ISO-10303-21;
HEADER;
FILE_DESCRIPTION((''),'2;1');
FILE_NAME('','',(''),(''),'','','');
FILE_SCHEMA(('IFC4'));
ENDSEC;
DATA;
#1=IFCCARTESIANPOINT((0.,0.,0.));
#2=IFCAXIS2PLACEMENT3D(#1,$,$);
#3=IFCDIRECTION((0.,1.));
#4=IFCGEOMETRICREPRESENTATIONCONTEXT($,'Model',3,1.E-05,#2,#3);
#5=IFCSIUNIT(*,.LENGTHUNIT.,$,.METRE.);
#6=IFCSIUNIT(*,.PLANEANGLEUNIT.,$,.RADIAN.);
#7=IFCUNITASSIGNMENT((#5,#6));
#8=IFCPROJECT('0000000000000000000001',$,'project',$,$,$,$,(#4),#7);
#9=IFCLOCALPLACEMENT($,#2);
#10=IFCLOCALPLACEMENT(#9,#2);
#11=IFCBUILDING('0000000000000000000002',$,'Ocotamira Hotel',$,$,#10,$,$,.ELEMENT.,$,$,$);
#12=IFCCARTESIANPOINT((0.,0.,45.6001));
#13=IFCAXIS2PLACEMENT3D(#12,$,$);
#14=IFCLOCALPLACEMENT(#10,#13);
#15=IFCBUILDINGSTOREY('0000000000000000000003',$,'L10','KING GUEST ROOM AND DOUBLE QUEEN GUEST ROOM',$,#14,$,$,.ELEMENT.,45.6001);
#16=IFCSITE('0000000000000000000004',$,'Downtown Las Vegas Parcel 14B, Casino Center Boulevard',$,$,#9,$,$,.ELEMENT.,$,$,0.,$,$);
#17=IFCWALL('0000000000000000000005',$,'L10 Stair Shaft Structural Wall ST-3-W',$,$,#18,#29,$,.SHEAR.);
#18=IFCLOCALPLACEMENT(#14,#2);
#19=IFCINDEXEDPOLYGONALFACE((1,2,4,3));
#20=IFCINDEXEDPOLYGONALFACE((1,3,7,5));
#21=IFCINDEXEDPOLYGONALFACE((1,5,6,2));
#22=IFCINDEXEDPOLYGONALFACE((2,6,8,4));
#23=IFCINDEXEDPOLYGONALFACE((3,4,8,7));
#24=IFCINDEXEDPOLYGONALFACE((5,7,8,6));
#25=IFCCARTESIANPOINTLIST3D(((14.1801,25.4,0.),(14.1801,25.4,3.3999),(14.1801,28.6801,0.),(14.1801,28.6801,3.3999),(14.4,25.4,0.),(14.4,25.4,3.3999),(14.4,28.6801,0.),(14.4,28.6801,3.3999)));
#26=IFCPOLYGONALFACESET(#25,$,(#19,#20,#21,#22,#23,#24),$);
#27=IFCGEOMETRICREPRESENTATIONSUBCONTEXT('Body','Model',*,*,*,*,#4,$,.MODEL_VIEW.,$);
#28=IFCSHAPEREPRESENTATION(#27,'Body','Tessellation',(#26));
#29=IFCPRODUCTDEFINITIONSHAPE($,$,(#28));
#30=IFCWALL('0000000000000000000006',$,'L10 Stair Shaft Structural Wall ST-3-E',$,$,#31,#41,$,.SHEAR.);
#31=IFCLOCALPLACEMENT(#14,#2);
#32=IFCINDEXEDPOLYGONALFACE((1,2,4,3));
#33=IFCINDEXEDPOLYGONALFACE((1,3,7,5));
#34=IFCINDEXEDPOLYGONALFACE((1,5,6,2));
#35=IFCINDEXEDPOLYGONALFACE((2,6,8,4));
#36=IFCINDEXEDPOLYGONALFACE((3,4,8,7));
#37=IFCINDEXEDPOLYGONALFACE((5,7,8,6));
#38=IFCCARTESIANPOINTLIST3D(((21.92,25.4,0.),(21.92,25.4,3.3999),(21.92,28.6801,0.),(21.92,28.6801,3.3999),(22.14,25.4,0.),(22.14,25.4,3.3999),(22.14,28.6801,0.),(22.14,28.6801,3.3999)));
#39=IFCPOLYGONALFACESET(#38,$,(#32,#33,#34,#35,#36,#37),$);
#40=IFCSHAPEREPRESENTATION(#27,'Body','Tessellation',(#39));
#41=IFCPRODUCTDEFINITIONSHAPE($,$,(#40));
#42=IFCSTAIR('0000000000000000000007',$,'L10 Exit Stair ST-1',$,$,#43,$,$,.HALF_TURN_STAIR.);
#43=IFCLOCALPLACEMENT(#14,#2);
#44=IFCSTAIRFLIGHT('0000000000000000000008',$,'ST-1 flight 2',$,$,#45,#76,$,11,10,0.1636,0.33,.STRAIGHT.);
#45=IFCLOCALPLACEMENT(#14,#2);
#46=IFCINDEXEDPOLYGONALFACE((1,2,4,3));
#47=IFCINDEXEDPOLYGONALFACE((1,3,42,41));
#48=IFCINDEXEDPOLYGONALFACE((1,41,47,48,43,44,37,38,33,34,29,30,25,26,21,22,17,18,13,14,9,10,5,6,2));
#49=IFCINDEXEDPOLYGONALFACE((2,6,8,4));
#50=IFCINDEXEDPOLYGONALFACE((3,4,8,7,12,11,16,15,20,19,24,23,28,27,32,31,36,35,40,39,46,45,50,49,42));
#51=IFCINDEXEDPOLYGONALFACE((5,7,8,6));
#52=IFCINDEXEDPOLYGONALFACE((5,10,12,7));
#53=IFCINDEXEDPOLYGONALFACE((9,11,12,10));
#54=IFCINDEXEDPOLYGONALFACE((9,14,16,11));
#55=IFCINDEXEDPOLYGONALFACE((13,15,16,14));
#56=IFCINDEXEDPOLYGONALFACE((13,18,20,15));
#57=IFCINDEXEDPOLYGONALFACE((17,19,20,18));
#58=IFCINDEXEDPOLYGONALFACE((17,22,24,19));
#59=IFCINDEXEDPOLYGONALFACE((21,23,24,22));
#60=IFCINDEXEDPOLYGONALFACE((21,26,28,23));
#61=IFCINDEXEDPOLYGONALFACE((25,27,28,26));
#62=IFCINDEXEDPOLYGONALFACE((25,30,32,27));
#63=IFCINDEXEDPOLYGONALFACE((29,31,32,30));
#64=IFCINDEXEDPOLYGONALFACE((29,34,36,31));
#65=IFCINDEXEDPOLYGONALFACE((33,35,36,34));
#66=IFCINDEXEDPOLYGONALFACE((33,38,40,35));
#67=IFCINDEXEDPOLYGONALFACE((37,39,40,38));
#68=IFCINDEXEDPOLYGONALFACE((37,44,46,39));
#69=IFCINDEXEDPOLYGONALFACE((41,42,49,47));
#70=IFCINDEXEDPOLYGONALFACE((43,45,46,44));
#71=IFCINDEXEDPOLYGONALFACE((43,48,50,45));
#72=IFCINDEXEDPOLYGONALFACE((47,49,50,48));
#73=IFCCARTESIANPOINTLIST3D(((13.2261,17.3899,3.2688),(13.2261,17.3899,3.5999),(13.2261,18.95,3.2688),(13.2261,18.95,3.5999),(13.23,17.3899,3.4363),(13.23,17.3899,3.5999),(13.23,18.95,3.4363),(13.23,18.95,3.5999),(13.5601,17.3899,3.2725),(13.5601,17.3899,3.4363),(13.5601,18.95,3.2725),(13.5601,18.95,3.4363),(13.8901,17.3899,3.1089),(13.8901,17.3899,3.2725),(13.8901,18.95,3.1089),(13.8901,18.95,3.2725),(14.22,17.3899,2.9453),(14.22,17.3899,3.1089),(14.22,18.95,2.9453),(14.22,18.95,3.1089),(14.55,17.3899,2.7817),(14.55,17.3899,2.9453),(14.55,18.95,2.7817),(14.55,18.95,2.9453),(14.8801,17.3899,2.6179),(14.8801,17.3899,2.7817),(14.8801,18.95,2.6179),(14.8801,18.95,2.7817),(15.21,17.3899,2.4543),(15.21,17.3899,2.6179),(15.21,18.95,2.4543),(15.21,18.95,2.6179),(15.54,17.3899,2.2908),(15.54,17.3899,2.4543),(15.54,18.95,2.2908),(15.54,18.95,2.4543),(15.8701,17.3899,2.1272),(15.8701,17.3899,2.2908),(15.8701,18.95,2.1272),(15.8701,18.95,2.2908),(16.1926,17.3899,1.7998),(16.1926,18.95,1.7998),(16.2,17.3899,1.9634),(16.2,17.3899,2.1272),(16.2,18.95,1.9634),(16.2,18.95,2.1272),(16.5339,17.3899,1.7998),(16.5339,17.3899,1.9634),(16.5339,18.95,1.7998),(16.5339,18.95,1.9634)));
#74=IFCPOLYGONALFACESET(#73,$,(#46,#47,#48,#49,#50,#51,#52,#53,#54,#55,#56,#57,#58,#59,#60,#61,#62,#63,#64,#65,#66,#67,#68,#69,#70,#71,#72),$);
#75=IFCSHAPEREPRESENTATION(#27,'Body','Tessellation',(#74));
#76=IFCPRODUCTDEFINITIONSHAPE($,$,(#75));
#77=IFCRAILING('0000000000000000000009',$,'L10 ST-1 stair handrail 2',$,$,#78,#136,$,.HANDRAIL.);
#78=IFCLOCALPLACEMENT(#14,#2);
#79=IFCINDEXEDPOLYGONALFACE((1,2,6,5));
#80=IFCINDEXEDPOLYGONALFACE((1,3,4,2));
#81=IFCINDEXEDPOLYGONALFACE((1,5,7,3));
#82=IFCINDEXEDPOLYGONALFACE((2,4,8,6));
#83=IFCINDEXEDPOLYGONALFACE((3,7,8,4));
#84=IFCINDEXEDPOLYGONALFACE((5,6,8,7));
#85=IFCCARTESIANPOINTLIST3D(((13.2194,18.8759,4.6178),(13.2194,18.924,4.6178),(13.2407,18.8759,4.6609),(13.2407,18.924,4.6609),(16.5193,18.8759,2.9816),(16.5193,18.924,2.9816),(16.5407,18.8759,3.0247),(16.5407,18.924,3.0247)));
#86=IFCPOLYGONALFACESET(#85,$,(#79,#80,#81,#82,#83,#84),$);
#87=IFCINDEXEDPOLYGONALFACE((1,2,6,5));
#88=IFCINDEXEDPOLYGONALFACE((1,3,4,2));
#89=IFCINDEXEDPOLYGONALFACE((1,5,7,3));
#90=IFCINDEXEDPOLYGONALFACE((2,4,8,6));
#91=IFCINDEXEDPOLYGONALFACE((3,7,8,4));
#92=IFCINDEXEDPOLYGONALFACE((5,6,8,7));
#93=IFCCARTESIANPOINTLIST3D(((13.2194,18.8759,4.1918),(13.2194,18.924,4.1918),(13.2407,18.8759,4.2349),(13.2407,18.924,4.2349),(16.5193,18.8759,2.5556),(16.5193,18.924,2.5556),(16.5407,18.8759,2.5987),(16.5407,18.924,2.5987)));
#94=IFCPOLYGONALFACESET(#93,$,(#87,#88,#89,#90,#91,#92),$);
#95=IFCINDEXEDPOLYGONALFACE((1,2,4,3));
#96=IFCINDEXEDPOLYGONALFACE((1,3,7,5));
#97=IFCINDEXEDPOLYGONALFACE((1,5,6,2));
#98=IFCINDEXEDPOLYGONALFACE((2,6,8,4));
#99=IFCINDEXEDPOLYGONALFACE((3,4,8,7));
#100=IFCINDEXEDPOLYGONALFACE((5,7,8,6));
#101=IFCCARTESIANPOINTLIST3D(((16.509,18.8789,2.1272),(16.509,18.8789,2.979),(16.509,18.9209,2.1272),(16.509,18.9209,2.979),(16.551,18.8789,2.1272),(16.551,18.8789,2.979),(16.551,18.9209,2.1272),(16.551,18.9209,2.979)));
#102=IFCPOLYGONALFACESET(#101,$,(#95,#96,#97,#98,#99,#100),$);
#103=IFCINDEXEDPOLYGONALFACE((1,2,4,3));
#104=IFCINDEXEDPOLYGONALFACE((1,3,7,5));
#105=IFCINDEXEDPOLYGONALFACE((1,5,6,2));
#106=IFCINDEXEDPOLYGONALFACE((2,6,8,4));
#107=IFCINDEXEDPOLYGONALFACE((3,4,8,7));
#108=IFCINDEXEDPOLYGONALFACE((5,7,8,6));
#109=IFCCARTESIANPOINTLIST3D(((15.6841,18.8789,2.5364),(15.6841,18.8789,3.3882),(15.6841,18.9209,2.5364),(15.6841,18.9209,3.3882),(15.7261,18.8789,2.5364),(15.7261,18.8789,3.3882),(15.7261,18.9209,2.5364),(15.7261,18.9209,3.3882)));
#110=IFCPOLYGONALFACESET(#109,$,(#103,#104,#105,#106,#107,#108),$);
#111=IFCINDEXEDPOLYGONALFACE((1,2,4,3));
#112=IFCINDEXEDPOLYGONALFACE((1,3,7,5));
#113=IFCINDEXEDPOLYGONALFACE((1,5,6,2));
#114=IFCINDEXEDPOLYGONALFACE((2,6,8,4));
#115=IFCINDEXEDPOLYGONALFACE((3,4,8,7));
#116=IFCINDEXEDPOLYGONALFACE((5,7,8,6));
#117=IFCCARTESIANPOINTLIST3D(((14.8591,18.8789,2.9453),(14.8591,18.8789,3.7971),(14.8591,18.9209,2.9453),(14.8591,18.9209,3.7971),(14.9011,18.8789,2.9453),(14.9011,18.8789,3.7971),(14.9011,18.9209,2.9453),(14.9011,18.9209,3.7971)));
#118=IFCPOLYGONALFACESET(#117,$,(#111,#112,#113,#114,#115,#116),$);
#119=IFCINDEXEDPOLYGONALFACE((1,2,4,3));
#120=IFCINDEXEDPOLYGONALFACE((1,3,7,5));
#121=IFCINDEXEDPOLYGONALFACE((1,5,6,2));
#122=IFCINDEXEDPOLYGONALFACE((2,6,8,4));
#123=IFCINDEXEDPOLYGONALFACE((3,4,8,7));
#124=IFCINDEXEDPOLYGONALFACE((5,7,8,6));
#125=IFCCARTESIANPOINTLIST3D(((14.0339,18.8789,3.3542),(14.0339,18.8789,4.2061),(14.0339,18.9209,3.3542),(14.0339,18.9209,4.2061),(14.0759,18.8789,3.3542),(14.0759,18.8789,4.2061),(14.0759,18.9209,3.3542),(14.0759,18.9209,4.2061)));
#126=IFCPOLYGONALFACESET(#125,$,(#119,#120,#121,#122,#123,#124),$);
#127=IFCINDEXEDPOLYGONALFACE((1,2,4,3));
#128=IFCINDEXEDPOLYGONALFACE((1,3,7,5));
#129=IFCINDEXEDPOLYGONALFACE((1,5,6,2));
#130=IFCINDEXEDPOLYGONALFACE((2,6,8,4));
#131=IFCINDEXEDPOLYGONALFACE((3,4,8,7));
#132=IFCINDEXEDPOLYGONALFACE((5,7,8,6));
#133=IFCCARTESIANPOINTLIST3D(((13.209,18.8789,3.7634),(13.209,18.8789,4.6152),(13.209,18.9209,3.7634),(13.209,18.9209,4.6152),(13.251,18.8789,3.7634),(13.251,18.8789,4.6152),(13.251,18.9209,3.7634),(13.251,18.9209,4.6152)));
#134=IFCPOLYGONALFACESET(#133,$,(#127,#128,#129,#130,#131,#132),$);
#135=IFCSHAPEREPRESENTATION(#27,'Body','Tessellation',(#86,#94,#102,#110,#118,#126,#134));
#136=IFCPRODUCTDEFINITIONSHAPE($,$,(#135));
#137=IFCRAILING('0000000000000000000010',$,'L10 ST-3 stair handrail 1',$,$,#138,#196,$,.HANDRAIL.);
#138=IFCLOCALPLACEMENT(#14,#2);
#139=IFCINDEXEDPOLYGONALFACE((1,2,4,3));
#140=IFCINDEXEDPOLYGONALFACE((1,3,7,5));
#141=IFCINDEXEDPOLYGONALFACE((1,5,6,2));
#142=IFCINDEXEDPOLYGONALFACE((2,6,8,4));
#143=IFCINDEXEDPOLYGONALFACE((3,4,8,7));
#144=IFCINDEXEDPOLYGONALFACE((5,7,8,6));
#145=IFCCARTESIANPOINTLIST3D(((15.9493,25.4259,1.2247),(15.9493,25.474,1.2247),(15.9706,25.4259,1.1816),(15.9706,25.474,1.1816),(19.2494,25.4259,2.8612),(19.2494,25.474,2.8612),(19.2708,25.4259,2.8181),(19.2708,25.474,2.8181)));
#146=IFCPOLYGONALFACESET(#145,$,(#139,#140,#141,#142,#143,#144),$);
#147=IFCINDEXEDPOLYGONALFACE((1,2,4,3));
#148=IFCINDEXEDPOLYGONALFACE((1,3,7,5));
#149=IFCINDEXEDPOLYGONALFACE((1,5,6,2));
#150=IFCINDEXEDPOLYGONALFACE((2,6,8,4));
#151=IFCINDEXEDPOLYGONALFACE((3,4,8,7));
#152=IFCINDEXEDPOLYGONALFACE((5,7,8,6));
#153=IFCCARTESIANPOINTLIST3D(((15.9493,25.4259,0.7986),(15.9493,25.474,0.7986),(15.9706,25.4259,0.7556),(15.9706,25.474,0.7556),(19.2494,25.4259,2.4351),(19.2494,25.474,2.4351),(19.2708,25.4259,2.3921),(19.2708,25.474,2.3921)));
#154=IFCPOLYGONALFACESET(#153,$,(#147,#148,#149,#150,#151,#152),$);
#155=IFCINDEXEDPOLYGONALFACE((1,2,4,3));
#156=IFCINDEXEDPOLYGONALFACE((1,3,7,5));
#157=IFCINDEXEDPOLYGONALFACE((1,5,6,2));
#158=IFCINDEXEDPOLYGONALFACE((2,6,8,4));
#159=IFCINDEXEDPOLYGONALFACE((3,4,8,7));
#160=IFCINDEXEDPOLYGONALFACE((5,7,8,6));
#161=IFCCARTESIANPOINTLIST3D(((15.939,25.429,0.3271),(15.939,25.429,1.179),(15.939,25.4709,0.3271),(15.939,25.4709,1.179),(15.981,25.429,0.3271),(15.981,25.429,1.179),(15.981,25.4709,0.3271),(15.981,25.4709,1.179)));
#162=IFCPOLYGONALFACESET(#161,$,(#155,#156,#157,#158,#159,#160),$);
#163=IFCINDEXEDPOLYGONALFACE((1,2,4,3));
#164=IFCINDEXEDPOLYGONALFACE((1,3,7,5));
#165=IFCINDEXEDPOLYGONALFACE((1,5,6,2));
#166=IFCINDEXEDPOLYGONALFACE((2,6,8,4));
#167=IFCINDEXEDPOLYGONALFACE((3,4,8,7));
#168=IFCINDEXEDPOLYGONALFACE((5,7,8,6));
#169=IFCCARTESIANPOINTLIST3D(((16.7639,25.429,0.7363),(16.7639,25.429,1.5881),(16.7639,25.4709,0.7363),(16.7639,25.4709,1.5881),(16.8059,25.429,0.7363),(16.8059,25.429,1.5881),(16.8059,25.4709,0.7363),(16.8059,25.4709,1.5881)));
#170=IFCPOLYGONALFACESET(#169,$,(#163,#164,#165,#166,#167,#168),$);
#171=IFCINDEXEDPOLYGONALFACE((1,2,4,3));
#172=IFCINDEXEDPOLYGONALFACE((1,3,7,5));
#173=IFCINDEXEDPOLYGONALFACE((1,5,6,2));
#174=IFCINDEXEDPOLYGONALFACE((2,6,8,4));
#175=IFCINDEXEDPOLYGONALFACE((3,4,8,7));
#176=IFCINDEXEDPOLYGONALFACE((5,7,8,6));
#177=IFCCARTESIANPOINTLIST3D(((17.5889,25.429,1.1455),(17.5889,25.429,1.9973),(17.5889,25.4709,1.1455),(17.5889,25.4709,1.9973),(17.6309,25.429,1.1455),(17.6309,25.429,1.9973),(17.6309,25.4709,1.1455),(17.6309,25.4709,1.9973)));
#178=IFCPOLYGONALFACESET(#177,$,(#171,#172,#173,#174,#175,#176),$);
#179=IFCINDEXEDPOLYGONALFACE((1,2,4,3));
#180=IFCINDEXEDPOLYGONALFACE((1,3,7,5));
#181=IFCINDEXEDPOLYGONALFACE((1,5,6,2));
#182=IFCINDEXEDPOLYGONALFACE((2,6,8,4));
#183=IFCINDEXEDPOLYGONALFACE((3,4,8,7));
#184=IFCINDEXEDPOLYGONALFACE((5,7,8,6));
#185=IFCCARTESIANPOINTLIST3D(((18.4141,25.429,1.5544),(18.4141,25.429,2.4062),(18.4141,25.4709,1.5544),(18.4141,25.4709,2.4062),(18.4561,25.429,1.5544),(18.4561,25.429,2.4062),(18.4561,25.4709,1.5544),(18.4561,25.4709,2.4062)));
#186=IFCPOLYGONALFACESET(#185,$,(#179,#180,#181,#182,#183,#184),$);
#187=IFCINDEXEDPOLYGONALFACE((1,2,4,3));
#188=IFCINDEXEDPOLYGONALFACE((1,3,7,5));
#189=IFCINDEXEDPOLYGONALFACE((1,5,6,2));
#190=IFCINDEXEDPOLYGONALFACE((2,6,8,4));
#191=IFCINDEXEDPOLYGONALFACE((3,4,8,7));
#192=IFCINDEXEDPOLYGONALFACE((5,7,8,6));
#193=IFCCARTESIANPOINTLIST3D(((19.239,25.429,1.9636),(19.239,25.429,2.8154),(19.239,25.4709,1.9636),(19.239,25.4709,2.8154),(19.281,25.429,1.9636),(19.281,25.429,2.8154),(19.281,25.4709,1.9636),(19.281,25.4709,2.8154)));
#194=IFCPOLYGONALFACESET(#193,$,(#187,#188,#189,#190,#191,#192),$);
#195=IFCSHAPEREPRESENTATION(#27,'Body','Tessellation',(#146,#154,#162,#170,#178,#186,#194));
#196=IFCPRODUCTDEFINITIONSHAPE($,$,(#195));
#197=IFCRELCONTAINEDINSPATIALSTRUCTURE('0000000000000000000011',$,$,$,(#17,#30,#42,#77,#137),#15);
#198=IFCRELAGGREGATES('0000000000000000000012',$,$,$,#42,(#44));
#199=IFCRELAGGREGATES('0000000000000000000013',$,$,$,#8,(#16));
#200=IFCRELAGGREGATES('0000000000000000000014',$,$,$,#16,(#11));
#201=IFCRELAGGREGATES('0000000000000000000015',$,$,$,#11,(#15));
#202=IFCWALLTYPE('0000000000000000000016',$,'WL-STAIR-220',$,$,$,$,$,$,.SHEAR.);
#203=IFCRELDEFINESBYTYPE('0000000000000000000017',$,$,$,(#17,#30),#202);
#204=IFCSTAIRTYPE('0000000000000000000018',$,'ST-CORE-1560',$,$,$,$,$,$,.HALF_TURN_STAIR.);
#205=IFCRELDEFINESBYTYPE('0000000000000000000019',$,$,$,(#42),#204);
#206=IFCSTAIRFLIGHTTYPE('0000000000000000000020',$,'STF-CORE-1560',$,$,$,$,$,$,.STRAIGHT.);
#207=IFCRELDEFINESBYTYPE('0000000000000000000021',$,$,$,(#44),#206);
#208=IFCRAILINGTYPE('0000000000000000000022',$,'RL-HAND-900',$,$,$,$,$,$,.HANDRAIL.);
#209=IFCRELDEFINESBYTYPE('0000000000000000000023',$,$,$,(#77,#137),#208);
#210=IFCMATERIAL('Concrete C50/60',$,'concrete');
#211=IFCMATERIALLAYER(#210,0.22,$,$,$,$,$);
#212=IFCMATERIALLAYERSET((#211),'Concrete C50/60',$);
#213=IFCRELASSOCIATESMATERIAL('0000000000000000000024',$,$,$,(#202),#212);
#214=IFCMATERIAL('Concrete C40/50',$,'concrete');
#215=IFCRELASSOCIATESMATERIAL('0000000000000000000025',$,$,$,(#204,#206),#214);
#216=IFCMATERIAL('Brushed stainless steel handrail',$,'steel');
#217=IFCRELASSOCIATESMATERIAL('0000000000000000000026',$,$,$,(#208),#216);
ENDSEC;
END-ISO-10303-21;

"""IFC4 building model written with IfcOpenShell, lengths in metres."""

from ifc_helpers import new_model, si_unit, direction, frame, frame_2d, origin, origin_2d, place, context, subcontext, project, spatial, polyline, rectangle, outline, extrude, source, transform, mapped, material, layer, layer_set, type_object, element, aggregate, save


model = new_model("IFC4")

# Units and contexts
model_context = context("Model", 3, precision=1e-05, world=origin(), true_north=direction((0.0, 1.0)))
body_context = subcontext(model_context, "Body", "Model", "MODEL_VIEW")
ifc_project = project(units=[si_unit("LENGTHUNIT", "METRE"), si_unit("PLANEANGLEUNIT", "RADIAN")], contexts=[model_context])

# Site, building, storey
site_placement = place(None, origin())
site = spatial("IfcSite", under=ifc_project, at=site_placement, Name="Downtown Las Vegas Parcel 14B, Casino Center Boulevard", CompositionType="ELEMENT", RefElevation=0.0)
building_placement = place(site_placement, origin())
building = spatial("IfcBuilding", under=site, at=building_placement, Name="Ocotamira Hotel", CompositionType="ELEMENT")
storey_placement = place(building_placement, frame((0.0, 0.0, 45.6001)))
storey = spatial("IfcBuildingStorey", under=building, at=storey_placement, Name="L10", Description="KING GUEST ROOM AND DOUBLE QUEEN GUEST ROOM", CompositionType="ELEMENT", Elevation=45.6001)

# Shared definitions
ifc_material_1 = material(Name="Concrete C50/60", Category="concrete")
ifc_layer_1 = layer(ifc_material_1, 0.22)
ifc_layer_set_1 = layer_set([ifc_layer_1], Name="Concrete C50/60")
wall_type_1 = type_object("IfcWallType", Name="WL-STAIR-220", PredefinedType="SHEAR", material=ifc_layer_set_1)

# Walls
for number, where, z_axis, x_axis, name in (
    (1, (14.29, 25.3999, 0.0), (0.0, 0.0, 1.0), (0.0, 1.0, 0.0), "L10 Stair Shaft Structural Wall ST-3-W"),
    (2, (22.03, 25.3999, 0.0), (0.0, 0.0, 1.0), (0.0, 1.0, 0.0), "L10 Stair Shaft Structural Wall ST-3-E"),
):
    element("IfcWall", number, at=place(storey_placement, frame(where, z_axis=z_axis, x_axis=x_axis)), inside=storey, type_object=wall_type_1, Name=name, PredefinedType="SHEAR", context=body_context, shape_type="SweptSolid", body=[
        extrude(rectangle(XDim=3.28, YDim=0.22, at=frame_2d((1.6401, 0.0))), origin(), (0.0, 0.0, 1.0), 3.3999),
    ])

# Stair, stair flight
ifc_material_2 = material(Name="Concrete C40/50", Category="concrete")
stair_type = type_object("IfcStairType", Name="ST-CORE-1560", PredefinedType="HALF_TURN_STAIR", material=ifc_material_2)
stair_placement = place(storey_placement, origin())
stair = element("IfcStair", 3, at=stair_placement, inside=storey, type_object=stair_type, Name="L10 Exit Stair ST-1", PredefinedType="HALF_TURN_STAIR")
stair_flight_type = type_object("IfcStairFlightType", Name="STF-CORE-1560", PredefinedType="STRAIGHT", material=ifc_material_2)
shared_shape_1 = source(origin(), body_context, "Body", "SweptSolid", [
    extrude(outline(polyline([(-0.0039, 0.0), (-0.0039, 0.1636), (0.3301, 0.1636), (0.3301, 0.3274), (0.6599, 0.3274), (0.6599, 0.491), (0.99, 0.491), (0.99, 0.6545), (1.3201, 0.6545), (1.3201, 0.8181), (1.6499, 0.8181), (1.6499, 0.9819), (1.98, 0.9819), (1.98, 1.1455), (2.3101, 1.1455), (2.3101, 1.3091), (2.6399, 1.3091), (2.6399, 1.4727), (2.97, 1.4727), (2.97, 1.6365), (3.3, 1.6365), (3.3, 1.8), (3.304, 1.8), (3.304, 1.469), (0.3374, 0.0), (-0.0039, 0.0)])), frame((0.0, 0.78, 0.0), z_axis=(0.0, -1.0, 0.0), x_axis=(1.0, 0.0, 0.0)), (0.0, 0.0, 1.0), 1.5601),
])
stair_flight_placement = place(storey_placement, frame((16.53, 18.1699, 1.7998), z_axis=(0.0, 0.0, 1.0), x_axis=(-1.0, 0.0, 0.0)))
stair_flight = element("IfcStairFlight", 4, at=stair_flight_placement, type_object=stair_flight_type, Name="ST-1 flight 2", NumberOfRisers=11, NumberOfTreads=10, PredefinedType="STRAIGHT", RiserHeight=0.1636, TreadLength=0.33, context=body_context, shape_type="MappedRepresentation", body=[
    mapped(shared_shape_1, transform((0.0, 0.0, 0.0), scale=1.0)),
])
aggregate(stair, [stair_flight])

# Railings
ifc_material_3 = material(Name="Brushed stainless steel handrail", Category="steel")
railing_type_1 = type_object("IfcRailingType", Name="RL-HAND-900", PredefinedType="HANDRAIL", material=ifc_material_3)
railing_1_placement = place(storey_placement, frame((16.53, 18.8999, 2.1272)))
element("IfcRailing", 5, at=railing_1_placement, inside=storey, type_object=railing_type_1, Name="L10 ST-1 stair handrail 2", PredefinedType="HANDRAIL", context=body_context, shape_type="SweptSolid", body=[
    extrude(rectangle(XDim=0.0481, YDim=0.0481, at=origin_2d()), frame((0.0, 0.0, 0.876), z_axis=(-0.89592, 0.0, 0.444215), x_axis=(0.0, -1.0, 0.0)), (0.0, 0.0, 1.0), 3.6833),
    extrude(rectangle(XDim=0.0481, YDim=0.0481, at=origin_2d()), frame((0.0, 0.0, 0.45), z_axis=(-0.89592, 0.0, 0.444215), x_axis=(0.0, -1.0, 0.0)), (0.0, 0.0, 1.0), 3.6833),
    extrude(rectangle(XDim=0.042, YDim=0.042, at=origin_2d()), origin(), (0.0, 0.0, 1.0), 0.8518),
    extrude(rectangle(XDim=0.042, YDim=0.042, at=origin_2d()), frame((-0.825, 0.0, 0.4092)), (0.0, 0.0, 1.0), 0.8518),
    extrude(rectangle(XDim=0.042, YDim=0.042, at=origin_2d()), frame((-1.6499, 0.0, 0.8181)), (0.0, 0.0, 1.0), 0.8518),
    extrude(rectangle(XDim=0.042, YDim=0.042, at=origin_2d()), frame((-2.4751, 0.0, 1.2271)), (0.0, 0.0, 1.0), 0.8518),
    extrude(rectangle(XDim=0.042, YDim=0.042, at=origin_2d()), frame((-3.3, 0.0, 1.6362)), (0.0, 0.0, 1.0), 0.8518),
])
railing_2_placement = place(storey_placement, frame((15.96, 25.45, 0.3271)))
element("IfcRailing", 6, at=railing_2_placement, inside=storey, type_object=railing_type_1, Name="L10 ST-3 stair handrail 1", PredefinedType="HANDRAIL", context=body_context, shape_type="SweptSolid", body=[
    extrude(rectangle(XDim=0.0481, YDim=0.0481, at=origin_2d()), frame((0.0, 0.0, 0.876), z_axis=(0.895894, 0.0, 0.444268), x_axis=(0.0, 1.0, 0.0)), (0.0, 0.0, 1.0), 3.6836),
    extrude(rectangle(XDim=0.0481, YDim=0.0481, at=origin_2d()), frame((0.0, 0.0, 0.45), z_axis=(0.895894, 0.0, 0.444268), x_axis=(0.0, 1.0, 0.0)), (0.0, 0.0, 1.0), 3.6836),
    extrude(rectangle(XDim=0.042, YDim=0.042, at=origin_2d()), origin(), (0.0, 0.0, 1.0), 0.8518),
    extrude(rectangle(XDim=0.042, YDim=0.042, at=origin_2d()), frame((0.825, 0.0, 0.4092)), (0.0, 0.0, 1.0), 0.8518),
    extrude(rectangle(XDim=0.042, YDim=0.042, at=origin_2d()), frame((1.6499, 0.0, 0.8184)), (0.0, 0.0, 1.0), 0.8518),
    extrude(rectangle(XDim=0.042, YDim=0.042, at=origin_2d()), frame((2.4751, 0.0, 1.2273)), (0.0, 0.0, 1.0), 0.8518),
    extrude(rectangle(XDim=0.042, YDim=0.042, at=origin_2d()), frame((3.3, 0.0, 1.6365)), (0.0, 0.0, 1.0), 0.8518),
])

save(model, "model.ifc")
